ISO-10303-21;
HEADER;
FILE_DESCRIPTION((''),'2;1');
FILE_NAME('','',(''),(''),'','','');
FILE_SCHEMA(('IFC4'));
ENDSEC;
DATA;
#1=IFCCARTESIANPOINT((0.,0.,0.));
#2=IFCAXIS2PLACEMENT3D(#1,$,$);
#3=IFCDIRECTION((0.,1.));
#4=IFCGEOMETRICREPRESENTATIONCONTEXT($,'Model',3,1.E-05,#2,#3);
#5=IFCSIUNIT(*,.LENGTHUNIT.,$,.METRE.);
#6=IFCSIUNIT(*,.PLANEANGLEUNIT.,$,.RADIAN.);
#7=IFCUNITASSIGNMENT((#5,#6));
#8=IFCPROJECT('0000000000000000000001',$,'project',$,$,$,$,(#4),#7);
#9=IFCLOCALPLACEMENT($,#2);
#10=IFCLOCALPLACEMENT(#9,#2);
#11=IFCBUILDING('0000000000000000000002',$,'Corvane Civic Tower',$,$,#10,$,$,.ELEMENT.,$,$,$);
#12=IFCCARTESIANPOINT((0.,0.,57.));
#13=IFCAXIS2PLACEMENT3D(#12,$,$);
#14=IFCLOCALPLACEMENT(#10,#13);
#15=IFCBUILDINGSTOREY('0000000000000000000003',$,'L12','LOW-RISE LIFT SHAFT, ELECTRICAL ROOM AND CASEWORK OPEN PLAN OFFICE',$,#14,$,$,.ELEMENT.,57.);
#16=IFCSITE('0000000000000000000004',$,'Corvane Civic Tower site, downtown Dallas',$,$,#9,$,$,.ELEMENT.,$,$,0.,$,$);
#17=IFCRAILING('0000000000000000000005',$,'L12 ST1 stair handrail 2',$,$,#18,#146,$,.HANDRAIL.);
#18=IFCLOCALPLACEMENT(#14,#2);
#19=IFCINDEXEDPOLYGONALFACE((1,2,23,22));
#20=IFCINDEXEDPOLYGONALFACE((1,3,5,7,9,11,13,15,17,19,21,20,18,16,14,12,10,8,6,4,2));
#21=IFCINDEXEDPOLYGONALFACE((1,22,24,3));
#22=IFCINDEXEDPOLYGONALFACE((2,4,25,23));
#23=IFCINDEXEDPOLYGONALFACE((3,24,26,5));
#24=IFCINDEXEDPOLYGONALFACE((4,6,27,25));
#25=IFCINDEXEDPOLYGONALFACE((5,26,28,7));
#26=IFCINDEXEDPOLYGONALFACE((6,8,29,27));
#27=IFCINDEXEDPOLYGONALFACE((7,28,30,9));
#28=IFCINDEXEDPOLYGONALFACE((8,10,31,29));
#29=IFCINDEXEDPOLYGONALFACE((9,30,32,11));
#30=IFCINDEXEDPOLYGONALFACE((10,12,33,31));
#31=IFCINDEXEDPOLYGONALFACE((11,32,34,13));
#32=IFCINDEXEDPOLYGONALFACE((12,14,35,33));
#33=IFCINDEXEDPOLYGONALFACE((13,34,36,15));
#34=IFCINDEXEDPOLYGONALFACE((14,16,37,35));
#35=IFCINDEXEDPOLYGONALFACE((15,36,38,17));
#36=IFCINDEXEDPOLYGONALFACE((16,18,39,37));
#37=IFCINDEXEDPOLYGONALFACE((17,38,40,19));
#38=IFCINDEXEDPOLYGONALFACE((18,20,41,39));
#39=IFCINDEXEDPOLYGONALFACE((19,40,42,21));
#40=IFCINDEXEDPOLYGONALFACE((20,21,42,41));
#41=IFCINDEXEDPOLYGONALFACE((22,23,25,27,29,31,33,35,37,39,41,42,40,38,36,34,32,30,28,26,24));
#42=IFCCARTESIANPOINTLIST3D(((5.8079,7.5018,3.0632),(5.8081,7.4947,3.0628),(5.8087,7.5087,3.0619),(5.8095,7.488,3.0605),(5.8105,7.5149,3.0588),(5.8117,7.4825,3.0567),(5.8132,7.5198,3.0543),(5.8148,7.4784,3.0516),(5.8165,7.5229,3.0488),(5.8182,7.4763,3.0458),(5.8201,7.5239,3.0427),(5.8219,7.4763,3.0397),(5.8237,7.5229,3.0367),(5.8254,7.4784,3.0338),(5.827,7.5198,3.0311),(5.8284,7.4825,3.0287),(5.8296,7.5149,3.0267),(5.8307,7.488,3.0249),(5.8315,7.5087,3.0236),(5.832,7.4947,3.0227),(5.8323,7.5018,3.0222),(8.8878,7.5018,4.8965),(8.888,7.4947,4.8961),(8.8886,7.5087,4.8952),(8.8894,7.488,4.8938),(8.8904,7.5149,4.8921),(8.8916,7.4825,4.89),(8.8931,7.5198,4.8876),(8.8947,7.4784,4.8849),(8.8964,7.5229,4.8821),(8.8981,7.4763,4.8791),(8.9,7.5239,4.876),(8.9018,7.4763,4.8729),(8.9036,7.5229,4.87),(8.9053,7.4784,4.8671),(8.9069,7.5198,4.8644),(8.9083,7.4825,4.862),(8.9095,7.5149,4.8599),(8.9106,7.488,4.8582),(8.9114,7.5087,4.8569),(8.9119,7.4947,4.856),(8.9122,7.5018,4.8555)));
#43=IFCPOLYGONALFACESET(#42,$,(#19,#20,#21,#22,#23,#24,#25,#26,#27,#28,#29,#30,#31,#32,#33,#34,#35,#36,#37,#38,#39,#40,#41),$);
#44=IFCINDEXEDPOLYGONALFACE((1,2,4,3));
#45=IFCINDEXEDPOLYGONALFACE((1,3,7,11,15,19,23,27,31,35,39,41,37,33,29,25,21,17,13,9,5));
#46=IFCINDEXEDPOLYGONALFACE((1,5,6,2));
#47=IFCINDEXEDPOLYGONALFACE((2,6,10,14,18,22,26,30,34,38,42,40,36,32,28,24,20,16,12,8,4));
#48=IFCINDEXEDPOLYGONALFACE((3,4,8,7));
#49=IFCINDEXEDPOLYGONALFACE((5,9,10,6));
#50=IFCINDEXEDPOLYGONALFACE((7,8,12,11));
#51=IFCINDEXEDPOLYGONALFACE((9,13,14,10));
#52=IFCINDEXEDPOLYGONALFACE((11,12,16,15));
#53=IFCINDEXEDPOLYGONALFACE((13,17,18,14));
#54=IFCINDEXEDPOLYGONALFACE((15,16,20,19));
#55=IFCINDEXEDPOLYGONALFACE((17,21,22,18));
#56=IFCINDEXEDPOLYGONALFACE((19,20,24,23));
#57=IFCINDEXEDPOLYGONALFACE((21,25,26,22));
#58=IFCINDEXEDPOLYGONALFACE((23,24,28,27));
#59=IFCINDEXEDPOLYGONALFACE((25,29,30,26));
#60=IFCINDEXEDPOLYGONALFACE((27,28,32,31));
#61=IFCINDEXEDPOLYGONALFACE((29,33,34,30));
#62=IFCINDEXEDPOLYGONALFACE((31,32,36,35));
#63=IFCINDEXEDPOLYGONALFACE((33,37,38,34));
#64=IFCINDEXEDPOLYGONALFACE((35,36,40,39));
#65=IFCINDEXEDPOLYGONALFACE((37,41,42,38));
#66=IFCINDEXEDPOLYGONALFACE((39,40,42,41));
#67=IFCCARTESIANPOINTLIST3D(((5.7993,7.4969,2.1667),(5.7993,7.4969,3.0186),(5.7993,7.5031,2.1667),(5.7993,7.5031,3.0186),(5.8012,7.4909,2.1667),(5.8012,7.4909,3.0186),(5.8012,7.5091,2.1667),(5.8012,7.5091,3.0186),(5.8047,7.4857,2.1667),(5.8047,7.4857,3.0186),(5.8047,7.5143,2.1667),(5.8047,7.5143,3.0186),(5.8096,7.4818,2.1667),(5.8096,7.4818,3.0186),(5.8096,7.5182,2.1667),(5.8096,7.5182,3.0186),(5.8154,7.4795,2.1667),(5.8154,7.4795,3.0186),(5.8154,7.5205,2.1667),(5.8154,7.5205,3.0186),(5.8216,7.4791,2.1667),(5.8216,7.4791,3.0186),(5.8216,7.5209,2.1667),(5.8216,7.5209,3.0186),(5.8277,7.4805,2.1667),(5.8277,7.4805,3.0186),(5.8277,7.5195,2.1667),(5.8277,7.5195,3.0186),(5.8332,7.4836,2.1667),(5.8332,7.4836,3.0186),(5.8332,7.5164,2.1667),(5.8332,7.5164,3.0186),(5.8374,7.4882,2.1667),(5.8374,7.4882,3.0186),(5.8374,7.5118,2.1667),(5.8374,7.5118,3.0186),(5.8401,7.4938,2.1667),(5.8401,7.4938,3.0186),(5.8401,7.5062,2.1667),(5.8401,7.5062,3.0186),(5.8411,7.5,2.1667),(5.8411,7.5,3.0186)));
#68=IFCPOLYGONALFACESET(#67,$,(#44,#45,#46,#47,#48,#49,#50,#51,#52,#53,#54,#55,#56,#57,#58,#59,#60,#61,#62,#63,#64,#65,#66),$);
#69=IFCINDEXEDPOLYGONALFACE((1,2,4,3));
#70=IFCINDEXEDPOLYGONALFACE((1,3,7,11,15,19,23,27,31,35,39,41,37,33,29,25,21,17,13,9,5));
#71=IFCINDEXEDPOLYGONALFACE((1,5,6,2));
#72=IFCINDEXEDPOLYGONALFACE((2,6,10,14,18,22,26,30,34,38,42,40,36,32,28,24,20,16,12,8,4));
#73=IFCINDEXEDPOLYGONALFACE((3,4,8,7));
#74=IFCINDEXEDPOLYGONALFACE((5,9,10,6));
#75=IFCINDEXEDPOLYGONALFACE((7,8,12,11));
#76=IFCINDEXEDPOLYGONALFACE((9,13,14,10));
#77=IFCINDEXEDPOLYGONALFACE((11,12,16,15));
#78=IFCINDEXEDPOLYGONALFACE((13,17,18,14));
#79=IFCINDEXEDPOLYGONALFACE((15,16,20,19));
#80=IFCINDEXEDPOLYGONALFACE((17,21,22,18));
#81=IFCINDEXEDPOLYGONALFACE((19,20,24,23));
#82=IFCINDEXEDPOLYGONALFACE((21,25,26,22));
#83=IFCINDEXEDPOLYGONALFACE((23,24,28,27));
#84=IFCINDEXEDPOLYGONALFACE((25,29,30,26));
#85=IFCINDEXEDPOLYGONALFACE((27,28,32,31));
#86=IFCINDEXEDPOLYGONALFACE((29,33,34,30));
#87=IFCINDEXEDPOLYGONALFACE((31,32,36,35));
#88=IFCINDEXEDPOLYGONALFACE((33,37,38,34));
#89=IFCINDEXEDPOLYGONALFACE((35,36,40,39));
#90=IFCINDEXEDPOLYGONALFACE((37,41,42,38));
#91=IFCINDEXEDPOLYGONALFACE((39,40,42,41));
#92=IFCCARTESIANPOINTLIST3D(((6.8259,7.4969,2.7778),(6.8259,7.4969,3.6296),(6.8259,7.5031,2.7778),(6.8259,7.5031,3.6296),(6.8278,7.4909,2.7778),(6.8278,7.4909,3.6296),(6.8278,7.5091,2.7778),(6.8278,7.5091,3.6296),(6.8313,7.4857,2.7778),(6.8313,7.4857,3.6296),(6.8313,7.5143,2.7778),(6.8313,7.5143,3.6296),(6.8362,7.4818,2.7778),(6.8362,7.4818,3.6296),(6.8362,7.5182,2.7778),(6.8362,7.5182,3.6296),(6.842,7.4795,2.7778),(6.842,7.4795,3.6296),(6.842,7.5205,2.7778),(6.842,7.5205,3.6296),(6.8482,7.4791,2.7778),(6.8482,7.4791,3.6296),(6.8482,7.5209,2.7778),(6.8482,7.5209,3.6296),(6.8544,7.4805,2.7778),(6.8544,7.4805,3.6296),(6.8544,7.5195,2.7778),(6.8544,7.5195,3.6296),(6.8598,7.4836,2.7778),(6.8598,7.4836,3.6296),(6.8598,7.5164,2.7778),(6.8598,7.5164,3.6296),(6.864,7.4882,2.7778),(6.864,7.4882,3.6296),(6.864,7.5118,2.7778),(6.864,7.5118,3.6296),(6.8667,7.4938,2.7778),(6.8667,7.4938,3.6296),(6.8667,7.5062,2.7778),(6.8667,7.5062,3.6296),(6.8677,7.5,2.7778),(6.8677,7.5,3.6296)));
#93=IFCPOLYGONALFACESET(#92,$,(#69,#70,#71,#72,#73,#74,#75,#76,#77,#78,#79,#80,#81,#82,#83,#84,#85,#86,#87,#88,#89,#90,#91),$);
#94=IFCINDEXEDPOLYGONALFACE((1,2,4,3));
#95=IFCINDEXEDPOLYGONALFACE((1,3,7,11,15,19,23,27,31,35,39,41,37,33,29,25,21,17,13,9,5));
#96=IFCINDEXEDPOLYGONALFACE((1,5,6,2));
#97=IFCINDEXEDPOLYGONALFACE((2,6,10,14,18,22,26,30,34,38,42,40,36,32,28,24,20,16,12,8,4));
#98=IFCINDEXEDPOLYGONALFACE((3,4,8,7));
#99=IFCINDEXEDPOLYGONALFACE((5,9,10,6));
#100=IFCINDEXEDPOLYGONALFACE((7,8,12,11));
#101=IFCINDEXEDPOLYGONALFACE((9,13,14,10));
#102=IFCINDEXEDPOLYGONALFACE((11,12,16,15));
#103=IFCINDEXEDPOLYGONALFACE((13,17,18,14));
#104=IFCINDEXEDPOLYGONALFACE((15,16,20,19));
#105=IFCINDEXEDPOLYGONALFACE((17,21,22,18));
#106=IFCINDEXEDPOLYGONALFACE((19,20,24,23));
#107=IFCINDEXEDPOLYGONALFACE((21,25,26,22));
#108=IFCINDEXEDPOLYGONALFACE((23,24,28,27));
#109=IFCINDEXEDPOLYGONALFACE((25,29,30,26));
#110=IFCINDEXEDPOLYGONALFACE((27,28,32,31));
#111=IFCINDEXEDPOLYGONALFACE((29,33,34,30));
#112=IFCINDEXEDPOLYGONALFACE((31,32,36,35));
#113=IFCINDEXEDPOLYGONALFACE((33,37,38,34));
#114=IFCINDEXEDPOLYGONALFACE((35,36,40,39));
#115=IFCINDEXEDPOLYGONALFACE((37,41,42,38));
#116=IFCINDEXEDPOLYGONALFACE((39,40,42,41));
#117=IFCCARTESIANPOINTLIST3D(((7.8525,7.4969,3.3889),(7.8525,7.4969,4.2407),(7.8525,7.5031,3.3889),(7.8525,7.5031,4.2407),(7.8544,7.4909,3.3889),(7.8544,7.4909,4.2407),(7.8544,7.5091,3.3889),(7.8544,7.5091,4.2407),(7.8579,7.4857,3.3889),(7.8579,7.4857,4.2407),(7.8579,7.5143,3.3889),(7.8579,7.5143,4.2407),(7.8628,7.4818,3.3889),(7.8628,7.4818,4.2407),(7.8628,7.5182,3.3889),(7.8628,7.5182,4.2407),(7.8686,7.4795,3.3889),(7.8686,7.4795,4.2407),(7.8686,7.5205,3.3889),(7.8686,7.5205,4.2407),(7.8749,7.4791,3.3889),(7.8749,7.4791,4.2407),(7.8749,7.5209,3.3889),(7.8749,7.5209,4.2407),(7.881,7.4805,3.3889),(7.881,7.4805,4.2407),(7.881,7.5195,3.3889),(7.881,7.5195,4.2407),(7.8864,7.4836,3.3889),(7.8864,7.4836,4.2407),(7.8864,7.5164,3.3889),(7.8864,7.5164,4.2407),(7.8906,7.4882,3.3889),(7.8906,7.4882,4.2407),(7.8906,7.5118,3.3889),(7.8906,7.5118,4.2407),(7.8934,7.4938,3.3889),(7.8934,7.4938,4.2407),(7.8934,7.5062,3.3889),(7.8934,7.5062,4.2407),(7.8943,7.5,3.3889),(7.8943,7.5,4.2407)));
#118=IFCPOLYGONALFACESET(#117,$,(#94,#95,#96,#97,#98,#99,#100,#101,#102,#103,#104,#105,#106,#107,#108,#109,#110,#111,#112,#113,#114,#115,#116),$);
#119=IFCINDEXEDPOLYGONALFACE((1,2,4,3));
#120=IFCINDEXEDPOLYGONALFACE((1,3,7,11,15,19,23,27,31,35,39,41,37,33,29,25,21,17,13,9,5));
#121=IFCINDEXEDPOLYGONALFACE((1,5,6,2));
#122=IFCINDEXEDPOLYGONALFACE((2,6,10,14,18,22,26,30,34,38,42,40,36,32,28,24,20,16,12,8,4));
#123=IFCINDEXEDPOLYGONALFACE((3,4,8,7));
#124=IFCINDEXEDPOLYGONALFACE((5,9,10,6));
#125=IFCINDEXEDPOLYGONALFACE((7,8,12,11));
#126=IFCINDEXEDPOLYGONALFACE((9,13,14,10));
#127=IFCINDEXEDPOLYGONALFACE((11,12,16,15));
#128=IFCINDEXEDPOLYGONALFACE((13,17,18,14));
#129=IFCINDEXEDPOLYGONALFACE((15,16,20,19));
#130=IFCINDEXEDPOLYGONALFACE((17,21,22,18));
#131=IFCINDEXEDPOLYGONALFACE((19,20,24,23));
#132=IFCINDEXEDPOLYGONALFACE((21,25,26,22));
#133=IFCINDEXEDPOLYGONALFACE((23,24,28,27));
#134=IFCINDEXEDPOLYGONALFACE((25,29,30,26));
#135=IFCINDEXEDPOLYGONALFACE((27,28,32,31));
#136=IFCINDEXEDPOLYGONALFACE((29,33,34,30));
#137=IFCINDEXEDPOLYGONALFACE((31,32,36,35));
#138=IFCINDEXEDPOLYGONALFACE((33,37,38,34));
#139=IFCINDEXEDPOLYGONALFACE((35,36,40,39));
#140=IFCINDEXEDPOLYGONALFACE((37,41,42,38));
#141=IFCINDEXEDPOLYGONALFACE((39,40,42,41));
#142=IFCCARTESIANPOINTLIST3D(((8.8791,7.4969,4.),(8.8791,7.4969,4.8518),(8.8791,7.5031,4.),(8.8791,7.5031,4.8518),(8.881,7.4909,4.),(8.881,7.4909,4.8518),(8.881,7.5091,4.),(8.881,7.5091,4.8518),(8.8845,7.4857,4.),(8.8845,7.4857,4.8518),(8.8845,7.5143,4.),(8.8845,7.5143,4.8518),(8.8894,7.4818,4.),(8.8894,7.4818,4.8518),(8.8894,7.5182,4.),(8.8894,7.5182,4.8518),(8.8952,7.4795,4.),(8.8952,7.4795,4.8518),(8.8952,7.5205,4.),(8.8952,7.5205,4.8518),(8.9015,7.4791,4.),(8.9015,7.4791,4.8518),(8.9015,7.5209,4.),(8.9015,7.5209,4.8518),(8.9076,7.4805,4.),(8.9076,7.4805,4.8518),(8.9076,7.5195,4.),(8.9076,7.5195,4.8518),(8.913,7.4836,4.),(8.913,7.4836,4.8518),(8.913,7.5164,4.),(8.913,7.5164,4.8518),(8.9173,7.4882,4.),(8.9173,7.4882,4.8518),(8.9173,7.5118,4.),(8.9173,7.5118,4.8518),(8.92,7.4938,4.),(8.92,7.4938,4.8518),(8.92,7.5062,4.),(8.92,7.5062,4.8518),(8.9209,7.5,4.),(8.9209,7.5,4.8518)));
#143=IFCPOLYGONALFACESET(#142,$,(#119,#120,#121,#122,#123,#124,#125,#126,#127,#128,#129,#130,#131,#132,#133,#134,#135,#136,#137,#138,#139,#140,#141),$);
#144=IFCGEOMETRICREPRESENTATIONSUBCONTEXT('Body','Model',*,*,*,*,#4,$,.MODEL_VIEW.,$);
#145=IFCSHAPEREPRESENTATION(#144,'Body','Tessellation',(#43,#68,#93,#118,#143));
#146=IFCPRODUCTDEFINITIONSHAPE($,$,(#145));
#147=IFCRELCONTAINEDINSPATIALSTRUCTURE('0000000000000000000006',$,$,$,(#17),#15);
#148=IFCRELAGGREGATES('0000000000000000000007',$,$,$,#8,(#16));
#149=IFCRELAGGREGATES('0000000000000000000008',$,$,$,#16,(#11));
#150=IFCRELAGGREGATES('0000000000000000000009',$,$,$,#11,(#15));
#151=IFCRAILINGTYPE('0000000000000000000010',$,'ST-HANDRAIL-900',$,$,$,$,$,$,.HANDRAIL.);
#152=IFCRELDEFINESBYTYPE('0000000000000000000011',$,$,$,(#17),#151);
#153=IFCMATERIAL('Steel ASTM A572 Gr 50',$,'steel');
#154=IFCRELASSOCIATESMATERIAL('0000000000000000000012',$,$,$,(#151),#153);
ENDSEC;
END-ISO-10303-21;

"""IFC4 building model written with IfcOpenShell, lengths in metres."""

from ifc_helpers import new_model, si_unit, direction, frame, origin, origin_2d, place, context, subcontext, project, spatial, circle, extrude, material, type_object, element, save


model = new_model("IFC4")

# Units and contexts
model_context = context("Model", 3, precision=1e-05, world=origin(), true_north=direction((0.0, 1.0)))
body_context = subcontext(model_context, "Body", "Model", "MODEL_VIEW")
ifc_project = project(units=[si_unit("LENGTHUNIT", "METRE"), si_unit("PLANEANGLEUNIT", "RADIAN")], contexts=[model_context])

# Site, building, storey
site_placement = place(None, origin())
site = spatial("IfcSite", under=ifc_project, at=site_placement, Name="Corvane Civic Tower site, downtown Dallas", CompositionType="ELEMENT", RefElevation=0.0)
building_placement = place(site_placement, origin())
building = spatial("IfcBuilding", under=site, at=building_placement, Name="Corvane Civic Tower", CompositionType="ELEMENT")
storey_placement = place(building_placement, frame((0.0, 0.0, 57.0)))
storey = spatial("IfcBuildingStorey", under=building, at=storey_placement, Name="L12", Description="LOW-RISE LIFT SHAFT, ELECTRICAL ROOM AND CASEWORK OPEN PLAN OFFICE", CompositionType="ELEMENT", Elevation=57.0)

# Railing
ifc_material_1 = material(Name="Steel ASTM A572 Gr 50", Category="steel")
railing_type_1 = type_object("IfcRailingType", Name="ST-HANDRAIL-900", PredefinedType="HANDRAIL", material=ifc_material_1)
railing_1_placement = place(storey_placement, frame((5.8201, 7.5, 2.1667)))
element("IfcRailing", 1, at=railing_1_placement, inside=storey, type_object=railing_type_1, Name="L12 ST1 stair handrail 2", PredefinedType="HANDRAIL", context=body_context, shape_type="SweptSolid", body=[
    extrude(circle(Radius=0.0239, at=origin_2d()), frame((0.0, 0.0, 0.876), z_axis=(0.859291, 0.0, 0.511487), x_axis=(0.0, 1.0, 0.0)), (0.0, 0.0, 1.0), 3.5842),
    extrude(circle(Radius=0.021, at=origin_2d()), origin(), (0.0, 0.0, 1.0), 0.8518),
    extrude(circle(Radius=0.021, at=origin_2d()), frame((1.0266, 0.0, 0.6111)), (0.0, 0.0, 1.0), 0.8518),
    extrude(circle(Radius=0.021, at=origin_2d()), frame((2.0532, 0.0, 1.2222)), (0.0, 0.0, 1.0), 0.8518),
    extrude(circle(Radius=0.021, at=origin_2d()), frame((3.0798, 0.0, 1.8333)), (0.0, 0.0, 1.0), 0.8518),
])

save(model, "model.ifc")
